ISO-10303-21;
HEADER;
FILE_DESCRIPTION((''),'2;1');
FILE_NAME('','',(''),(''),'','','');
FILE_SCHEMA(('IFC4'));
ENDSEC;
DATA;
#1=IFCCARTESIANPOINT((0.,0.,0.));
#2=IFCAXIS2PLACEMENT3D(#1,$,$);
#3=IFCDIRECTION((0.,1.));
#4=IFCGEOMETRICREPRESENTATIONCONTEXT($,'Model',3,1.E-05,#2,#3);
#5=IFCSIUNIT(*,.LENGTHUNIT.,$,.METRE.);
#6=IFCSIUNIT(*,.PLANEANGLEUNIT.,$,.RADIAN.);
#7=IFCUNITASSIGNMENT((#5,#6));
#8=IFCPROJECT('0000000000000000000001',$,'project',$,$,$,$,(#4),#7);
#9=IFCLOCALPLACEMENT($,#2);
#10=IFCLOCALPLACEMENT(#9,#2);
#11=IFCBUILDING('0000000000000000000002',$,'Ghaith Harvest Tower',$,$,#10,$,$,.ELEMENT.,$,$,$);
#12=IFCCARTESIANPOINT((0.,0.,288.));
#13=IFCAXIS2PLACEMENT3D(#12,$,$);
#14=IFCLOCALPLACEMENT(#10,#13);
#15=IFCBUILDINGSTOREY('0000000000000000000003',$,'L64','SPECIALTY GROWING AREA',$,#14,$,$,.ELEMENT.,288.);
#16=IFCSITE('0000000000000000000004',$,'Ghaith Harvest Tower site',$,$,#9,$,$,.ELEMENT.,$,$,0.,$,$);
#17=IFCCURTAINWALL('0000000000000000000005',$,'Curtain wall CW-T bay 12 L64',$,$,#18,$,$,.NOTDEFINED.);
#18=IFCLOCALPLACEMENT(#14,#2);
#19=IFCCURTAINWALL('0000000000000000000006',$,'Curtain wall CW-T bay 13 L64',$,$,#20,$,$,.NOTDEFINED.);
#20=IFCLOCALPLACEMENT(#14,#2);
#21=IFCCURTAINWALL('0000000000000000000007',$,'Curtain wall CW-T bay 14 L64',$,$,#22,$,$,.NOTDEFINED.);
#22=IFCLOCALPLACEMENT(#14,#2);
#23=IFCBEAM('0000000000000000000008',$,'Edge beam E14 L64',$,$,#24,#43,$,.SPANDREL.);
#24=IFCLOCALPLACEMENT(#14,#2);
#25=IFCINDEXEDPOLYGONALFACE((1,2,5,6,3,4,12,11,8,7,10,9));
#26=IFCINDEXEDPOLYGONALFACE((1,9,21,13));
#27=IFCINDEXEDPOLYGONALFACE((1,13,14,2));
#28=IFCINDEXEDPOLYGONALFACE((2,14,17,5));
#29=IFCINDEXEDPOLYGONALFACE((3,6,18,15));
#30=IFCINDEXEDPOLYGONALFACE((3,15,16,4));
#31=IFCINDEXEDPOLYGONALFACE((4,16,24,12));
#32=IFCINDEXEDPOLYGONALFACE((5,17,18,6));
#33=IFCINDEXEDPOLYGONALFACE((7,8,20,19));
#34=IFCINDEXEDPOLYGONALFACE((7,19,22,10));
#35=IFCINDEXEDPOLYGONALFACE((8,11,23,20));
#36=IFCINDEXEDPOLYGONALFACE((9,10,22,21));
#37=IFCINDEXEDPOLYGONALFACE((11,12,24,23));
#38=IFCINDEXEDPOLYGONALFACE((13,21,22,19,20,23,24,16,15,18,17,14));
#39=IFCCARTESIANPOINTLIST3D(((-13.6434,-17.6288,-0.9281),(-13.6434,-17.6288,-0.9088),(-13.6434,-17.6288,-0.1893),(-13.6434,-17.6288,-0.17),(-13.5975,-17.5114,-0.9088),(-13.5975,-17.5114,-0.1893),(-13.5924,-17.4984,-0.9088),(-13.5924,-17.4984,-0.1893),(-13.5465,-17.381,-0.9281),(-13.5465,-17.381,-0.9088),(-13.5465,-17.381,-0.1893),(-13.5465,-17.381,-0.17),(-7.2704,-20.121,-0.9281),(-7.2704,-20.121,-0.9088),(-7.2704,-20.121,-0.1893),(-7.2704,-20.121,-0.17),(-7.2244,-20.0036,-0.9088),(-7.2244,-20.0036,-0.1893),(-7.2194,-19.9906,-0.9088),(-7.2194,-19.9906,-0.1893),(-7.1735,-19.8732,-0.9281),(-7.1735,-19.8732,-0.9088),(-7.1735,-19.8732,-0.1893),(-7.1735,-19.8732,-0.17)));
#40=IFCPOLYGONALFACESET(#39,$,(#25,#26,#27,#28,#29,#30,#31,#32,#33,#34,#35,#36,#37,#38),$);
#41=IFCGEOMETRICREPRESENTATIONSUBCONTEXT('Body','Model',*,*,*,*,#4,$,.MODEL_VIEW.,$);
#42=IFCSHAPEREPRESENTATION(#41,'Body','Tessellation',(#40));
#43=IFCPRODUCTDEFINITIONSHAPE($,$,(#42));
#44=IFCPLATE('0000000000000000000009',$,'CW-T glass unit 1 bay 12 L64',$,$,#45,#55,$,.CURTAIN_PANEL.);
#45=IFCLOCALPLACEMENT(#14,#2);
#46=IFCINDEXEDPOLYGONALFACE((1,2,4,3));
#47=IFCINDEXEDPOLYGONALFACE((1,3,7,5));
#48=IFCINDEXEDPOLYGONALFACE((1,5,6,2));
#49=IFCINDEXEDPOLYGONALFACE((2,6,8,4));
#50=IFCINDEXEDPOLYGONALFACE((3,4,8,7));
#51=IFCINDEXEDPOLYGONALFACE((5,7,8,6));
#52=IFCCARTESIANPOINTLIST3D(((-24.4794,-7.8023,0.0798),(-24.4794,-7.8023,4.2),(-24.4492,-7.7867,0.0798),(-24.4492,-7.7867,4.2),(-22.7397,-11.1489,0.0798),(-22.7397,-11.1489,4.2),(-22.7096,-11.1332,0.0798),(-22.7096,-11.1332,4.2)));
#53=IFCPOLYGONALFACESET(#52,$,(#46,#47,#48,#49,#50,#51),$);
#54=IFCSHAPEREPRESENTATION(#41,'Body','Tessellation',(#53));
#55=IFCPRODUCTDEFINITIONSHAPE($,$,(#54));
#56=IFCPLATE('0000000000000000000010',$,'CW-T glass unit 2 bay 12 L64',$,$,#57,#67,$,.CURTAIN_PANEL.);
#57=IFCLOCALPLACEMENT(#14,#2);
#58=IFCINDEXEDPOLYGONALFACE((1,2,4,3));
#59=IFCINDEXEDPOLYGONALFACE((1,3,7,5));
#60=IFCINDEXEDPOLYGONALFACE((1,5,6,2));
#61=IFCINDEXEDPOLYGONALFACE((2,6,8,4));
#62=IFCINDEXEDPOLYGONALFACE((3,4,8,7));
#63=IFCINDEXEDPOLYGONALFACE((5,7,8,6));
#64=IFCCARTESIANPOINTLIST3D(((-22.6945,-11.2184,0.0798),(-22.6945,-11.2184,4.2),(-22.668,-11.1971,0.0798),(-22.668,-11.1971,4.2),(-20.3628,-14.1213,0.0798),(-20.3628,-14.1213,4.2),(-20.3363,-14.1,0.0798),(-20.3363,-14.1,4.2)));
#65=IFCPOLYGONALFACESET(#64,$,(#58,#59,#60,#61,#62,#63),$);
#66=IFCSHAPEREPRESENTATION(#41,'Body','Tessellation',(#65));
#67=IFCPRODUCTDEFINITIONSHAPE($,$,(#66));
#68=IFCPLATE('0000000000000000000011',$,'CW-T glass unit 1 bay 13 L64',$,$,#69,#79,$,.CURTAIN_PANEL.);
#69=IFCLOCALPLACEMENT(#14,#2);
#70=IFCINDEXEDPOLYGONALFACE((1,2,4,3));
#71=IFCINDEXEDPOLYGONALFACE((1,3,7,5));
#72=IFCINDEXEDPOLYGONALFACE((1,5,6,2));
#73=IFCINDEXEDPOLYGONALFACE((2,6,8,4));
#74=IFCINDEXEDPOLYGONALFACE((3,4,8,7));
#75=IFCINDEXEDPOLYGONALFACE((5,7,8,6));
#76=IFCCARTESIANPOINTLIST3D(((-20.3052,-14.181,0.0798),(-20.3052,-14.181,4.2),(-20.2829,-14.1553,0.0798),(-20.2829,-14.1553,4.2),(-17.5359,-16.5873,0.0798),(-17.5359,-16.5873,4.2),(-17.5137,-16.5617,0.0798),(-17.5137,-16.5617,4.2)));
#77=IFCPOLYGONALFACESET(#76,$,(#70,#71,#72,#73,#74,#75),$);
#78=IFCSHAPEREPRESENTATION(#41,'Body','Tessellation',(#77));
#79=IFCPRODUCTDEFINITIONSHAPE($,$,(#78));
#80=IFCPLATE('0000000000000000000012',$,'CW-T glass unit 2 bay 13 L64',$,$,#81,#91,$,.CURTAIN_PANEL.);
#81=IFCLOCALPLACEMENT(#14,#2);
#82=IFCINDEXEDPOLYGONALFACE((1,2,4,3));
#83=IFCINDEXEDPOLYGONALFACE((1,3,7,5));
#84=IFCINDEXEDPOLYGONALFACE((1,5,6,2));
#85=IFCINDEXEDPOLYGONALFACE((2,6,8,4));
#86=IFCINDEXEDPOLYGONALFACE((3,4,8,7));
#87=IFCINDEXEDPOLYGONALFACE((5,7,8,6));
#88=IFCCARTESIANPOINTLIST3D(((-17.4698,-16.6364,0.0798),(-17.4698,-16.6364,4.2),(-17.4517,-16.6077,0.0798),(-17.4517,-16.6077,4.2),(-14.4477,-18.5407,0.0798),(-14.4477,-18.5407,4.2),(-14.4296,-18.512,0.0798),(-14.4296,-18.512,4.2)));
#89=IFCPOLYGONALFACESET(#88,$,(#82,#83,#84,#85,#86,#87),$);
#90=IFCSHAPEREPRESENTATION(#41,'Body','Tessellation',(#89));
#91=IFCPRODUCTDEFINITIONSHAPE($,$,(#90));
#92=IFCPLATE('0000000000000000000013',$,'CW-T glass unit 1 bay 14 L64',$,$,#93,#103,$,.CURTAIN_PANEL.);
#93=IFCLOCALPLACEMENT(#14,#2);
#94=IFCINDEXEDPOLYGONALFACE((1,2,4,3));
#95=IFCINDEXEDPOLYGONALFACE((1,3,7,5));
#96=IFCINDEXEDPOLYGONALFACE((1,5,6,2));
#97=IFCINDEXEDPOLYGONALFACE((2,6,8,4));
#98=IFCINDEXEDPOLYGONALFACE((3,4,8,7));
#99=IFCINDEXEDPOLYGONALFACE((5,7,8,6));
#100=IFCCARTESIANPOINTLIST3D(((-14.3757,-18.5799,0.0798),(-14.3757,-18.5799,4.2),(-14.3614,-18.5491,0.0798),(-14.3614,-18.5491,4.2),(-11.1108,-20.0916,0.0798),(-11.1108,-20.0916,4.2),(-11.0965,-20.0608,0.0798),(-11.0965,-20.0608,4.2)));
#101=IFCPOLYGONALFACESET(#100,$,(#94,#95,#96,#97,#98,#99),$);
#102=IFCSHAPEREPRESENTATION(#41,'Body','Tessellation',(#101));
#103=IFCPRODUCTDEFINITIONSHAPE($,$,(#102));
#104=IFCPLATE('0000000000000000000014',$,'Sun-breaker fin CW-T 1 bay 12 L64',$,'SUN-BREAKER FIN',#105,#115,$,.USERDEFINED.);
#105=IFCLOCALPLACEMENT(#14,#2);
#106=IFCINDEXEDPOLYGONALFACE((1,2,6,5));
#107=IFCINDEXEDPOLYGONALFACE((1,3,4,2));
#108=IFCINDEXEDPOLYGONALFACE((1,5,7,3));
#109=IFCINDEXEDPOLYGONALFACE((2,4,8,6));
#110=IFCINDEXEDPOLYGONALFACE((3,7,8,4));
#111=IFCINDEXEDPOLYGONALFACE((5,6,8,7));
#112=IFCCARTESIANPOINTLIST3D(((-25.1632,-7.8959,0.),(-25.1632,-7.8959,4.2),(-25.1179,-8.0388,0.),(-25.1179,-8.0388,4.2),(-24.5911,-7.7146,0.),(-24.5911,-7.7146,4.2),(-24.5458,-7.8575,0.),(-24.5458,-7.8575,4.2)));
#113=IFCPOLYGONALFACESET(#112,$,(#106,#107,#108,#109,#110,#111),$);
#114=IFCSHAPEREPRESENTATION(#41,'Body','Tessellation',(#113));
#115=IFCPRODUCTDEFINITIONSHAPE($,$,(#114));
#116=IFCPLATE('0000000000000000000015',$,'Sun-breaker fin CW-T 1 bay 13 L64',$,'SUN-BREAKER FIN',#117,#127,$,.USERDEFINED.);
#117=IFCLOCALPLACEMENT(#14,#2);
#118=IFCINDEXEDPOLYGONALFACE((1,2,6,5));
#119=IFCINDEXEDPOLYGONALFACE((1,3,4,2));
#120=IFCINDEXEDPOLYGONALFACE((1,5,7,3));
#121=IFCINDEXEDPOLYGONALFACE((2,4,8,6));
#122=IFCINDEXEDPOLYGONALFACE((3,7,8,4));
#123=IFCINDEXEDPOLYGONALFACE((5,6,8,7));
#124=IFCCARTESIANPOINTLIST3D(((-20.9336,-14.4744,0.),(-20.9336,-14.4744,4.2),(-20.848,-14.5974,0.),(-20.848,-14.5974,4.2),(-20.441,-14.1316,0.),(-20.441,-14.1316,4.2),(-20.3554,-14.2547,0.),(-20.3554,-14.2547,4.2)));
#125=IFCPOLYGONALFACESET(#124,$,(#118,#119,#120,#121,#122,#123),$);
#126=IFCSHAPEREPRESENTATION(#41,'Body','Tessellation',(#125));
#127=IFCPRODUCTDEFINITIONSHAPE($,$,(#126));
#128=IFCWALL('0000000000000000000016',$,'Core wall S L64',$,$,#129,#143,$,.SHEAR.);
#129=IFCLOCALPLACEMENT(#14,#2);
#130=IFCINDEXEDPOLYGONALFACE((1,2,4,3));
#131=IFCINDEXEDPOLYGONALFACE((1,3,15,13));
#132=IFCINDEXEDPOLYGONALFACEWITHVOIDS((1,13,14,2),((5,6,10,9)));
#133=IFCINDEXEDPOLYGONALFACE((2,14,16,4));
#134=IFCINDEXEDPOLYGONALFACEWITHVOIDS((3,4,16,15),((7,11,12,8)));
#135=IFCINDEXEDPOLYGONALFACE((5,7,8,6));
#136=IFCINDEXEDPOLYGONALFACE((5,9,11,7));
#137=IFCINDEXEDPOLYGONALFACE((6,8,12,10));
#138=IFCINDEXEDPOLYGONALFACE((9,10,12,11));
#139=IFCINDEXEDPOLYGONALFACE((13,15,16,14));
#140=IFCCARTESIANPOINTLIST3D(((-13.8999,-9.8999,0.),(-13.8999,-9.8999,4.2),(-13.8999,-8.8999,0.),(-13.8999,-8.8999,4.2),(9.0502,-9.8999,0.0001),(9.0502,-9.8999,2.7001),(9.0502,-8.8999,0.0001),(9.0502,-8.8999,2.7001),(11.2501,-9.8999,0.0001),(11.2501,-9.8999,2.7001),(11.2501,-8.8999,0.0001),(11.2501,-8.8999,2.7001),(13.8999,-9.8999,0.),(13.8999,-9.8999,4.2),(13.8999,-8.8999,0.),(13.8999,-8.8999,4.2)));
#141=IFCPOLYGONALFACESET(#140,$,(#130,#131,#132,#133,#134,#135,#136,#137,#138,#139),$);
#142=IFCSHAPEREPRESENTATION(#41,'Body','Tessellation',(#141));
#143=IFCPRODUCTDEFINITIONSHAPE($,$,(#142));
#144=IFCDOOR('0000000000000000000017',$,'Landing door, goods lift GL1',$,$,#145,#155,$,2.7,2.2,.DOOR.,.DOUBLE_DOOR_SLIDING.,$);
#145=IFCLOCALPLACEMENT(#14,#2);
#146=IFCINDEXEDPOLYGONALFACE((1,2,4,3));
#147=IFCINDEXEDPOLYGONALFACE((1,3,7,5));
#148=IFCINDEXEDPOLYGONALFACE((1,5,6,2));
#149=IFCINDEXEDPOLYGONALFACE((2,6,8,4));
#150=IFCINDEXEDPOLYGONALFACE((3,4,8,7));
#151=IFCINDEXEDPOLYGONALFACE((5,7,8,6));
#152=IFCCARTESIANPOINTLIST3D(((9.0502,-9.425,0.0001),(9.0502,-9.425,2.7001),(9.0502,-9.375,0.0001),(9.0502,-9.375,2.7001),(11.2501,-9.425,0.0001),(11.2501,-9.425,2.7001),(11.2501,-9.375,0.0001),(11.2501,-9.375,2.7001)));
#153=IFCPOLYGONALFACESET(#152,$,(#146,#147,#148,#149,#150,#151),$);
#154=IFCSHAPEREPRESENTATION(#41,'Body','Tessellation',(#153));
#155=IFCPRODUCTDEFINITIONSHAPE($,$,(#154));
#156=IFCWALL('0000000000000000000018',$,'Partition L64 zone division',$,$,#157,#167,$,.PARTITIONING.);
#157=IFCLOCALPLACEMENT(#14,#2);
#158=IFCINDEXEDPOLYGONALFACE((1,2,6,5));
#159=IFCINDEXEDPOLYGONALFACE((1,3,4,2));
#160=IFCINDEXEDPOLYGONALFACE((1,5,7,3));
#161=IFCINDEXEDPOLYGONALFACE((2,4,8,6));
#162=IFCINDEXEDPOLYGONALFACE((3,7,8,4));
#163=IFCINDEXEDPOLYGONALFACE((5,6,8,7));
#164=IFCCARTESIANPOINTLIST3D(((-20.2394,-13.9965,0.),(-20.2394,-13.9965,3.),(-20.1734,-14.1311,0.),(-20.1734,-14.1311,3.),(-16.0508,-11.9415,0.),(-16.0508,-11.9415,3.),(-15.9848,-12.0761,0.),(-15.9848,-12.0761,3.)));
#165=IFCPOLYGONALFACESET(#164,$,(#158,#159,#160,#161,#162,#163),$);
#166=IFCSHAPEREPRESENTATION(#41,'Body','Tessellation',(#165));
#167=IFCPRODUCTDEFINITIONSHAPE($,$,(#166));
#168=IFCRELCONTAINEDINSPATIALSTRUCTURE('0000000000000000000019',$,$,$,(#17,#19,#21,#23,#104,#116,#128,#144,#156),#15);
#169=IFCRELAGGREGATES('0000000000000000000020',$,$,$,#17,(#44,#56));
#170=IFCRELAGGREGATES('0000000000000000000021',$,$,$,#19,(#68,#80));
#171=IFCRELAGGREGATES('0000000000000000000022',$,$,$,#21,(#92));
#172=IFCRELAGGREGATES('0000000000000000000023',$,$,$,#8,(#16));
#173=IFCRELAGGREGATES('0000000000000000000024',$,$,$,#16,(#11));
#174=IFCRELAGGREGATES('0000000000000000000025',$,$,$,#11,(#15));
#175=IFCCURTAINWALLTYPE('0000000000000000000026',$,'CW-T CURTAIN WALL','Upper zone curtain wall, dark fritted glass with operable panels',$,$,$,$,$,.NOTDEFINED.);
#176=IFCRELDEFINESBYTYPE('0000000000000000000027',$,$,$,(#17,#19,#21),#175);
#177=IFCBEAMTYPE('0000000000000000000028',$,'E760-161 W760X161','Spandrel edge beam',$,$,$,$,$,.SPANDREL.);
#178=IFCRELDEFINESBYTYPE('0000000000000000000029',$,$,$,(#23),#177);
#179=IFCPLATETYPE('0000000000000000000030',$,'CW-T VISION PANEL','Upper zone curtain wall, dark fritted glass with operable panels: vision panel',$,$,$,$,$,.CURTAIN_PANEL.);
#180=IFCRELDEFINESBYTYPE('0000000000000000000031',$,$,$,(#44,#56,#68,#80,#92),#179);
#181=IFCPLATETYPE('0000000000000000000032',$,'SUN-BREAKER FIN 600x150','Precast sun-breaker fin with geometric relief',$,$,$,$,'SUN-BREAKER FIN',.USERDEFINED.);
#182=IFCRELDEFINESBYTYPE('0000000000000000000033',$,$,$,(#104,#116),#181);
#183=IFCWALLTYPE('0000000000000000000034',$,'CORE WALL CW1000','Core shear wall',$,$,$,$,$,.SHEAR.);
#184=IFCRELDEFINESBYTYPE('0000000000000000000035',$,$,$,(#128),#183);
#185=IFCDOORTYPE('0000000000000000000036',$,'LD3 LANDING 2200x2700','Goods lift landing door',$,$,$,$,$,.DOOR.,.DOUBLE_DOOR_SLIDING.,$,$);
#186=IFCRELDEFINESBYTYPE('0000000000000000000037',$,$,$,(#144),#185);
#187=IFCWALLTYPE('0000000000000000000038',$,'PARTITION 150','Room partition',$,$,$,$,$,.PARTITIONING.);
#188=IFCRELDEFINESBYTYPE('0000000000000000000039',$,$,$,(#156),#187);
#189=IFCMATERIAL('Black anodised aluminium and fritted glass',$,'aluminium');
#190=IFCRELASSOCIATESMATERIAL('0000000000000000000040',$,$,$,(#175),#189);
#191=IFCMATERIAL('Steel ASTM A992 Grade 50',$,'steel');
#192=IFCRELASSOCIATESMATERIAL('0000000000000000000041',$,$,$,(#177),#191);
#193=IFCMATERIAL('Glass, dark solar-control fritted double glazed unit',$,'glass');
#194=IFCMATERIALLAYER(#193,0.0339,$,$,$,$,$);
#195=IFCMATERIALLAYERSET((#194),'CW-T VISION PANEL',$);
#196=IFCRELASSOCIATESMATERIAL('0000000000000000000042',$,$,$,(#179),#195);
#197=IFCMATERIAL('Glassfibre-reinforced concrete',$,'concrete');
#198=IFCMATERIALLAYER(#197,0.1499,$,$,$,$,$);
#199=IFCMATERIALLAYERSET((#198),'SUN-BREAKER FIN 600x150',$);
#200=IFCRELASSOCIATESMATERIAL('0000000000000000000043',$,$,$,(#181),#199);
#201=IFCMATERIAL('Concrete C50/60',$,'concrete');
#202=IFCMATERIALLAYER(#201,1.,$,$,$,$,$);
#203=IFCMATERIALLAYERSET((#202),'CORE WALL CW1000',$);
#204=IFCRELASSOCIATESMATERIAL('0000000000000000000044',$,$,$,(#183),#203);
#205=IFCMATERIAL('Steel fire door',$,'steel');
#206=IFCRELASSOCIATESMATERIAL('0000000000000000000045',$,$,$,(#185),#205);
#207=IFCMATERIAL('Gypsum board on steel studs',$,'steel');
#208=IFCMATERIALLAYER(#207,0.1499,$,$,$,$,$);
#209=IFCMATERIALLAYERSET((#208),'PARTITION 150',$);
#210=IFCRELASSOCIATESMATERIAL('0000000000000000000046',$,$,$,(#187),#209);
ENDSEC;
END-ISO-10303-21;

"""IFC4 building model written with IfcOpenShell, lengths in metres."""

from ifc_helpers import new_model, si_unit, direction, frame, frame_2d, origin, origin_2d, place, context, subcontext, project, spatial, rectangle, i_section, extrude, material, layer, layer_set, material_profile, profile_set, type_object, element, fill, aggregate, save


model = new_model("IFC4")

# Units and contexts
model_context = context("Model", 3, precision=1e-05, world=origin(), true_north=direction((0.0, 1.0)))
body_context = subcontext(model_context, "Body", "Model", "MODEL_VIEW")
ifc_project = project(units=[si_unit("LENGTHUNIT", "METRE"), si_unit("PLANEANGLEUNIT", "RADIAN")], contexts=[model_context])

# Site, building, storey
site_placement = place(None, origin())
site = spatial("IfcSite", under=ifc_project, at=site_placement, Name="Ghaith Harvest Tower site", CompositionType="ELEMENT", RefElevation=0.0)
building_placement = place(site_placement, origin())
building = spatial("IfcBuilding", under=site, at=building_placement, Name="Ghaith Harvest Tower", CompositionType="ELEMENT")
storey_placement = place(building_placement, frame((0.0, 0.0, 288.0)))
storey = spatial("IfcBuildingStorey", under=building, at=storey_placement, Name="L64", Description="SPECIALTY GROWING AREA", CompositionType="ELEMENT", Elevation=288.0)

# Curtain walls
ifc_material_1 = material(Name="Black anodised aluminium and fritted glass", Category="aluminium")
curtain_wall_type = type_object("IfcCurtainWallType", Name="CW-T CURTAIN WALL", Description="Upper zone curtain wall, dark fritted glass with operable panels", PredefinedType="NOTDEFINED", material=ifc_material_1)
curtain_wall_1_placement = place(storey_placement, origin())
curtain_wall_1 = element("IfcCurtainWall", 1, at=curtain_wall_1_placement, inside=storey, type_object=curtain_wall_type, Name="Curtain wall CW-T bay 12 L64", PredefinedType="NOTDEFINED")
curtain_wall_2_placement = place(storey_placement, origin())
curtain_wall_2 = element("IfcCurtainWall", 2, at=curtain_wall_2_placement, inside=storey, type_object=curtain_wall_type, Name="Curtain wall CW-T bay 13 L64", PredefinedType="NOTDEFINED")

# Curtain wall
curtain_wall_3_placement = place(storey_placement, origin())
curtain_wall_3 = element("IfcCurtainWall", 3, at=curtain_wall_3_placement, inside=storey, type_object=curtain_wall_type, Name="Curtain wall CW-T bay 14 L64", PredefinedType="NOTDEFINED")

# Beam
ifc_material_2 = material(Name="Steel ASTM A992 Grade 50", Category="steel")
ifc_material_profile_1 = material_profile(ifc_material_2, i_section(OverallWidth=0.2661, OverallDepth=0.7581, WebThickness=0.0139, FlangeThickness=0.0193, at=origin_2d()), Name="W760X161")
ifc_profile_set_1 = profile_set([ifc_material_profile_1], Name="Steel ASTM A992 Grade 50")
beam_type = type_object("IfcBeamType", Name="E760-161 W760X161", Description="Spandrel edge beam", PredefinedType="SPANDREL", material=ifc_profile_set_1)
beam_1_placement = place(storey_placement, frame((-13.595, -17.5049, -0.5491), z_axis=(0.931323, -0.364195, 0.0), x_axis=(0.364195, 0.931323, 0.0)))
element("IfcBeam", 4, at=beam_1_placement, inside=storey, type_object=beam_type, Name="Edge beam E14 L64", PredefinedType="SPANDREL", context=body_context, shape_type="SweptSolid", body=[
    extrude(i_section(OverallWidth=0.2661, OverallDepth=0.7581, WebThickness=0.0139, FlangeThickness=0.0193, at=origin_2d()), origin(), (0.0, 0.0, 1.0), 6.843),
])

# Plates
ifc_material_3 = material(Name="Glass, dark solar-control fritted double glazed unit", Category="glass")
ifc_layer_1 = layer(ifc_material_3, 0.0339)
ifc_layer_set_1 = layer_set([ifc_layer_1], Name="CW-T VISION PANEL")
plate_type_1 = type_object("IfcPlateType", Name="CW-T VISION PANEL", Description="Upper zone curtain wall, dark fritted glass with operable panels: vision panel", PredefinedType="CURTAIN_PANEL", material=ifc_layer_set_1)
plate_1_placement = place(storey_placement, frame((-23.5945, -9.4678, 0.0798), z_axis=(0.0, 0.0, 1.0), x_axis=(0.46123, -0.887281, 0.0)))
plate_1 = element("IfcPlate", 5, at=plate_1_placement, type_object=plate_type_1, Name="CW-T glass unit 1 bay 12 L64", PredefinedType="CURTAIN_PANEL", context=body_context, shape_type="SweptSolid", body=[
    extrude(rectangle(XDim=3.7717, YDim=0.0339, at=origin_2d()), origin(), (0.0, 0.0, 1.0), 4.1201),
])
plate_2_placement = place(storey_placement, frame((-21.5154, -12.6592, 0.0798), z_axis=(0.0, 0.0, 1.0), x_axis=(0.62623, -0.779639, 0.0)))
plate_2 = element("IfcPlate", 6, at=plate_2_placement, type_object=plate_type_1, Name="CW-T glass unit 2 bay 12 L64", PredefinedType="CURTAIN_PANEL", context=body_context, shape_type="SweptSolid", body=[
    extrude(rectangle(XDim=3.7234, YDim=0.0339, at=origin_2d()), origin(), (0.0, 0.0, 1.0), 4.1201),
])
aggregate(curtain_wall_1, [plate_1, plate_2])
plate_3_placement = place(storey_placement, frame((-18.9094, -15.3713, 0.0798), z_axis=(0.0, 0.0, 1.0), x_axis=(0.754829, -0.655922, 0.0)))
plate_3 = element("IfcPlate", 7, at=plate_3_placement, type_object=plate_type_1, Name="CW-T glass unit 1 bay 13 L64", PredefinedType="CURTAIN_PANEL", context=body_context, shape_type="SweptSolid", body=[
    extrude(rectangle(XDim=3.6687, YDim=0.0339, at=origin_2d()), origin(), (0.0, 0.0, 1.0), 4.1201),
])
plate_4_placement = place(storey_placement, frame((-15.9497, -17.5742, 0.0798), z_axis=(0.0, 0.0, 1.0), x_axis=(0.846043, -0.533114, 0.0)))
plate_4 = element("IfcPlate", 8, at=plate_4_placement, type_object=plate_type_1, Name="CW-T glass unit 2 bay 13 L64", PredefinedType="CURTAIN_PANEL", context=body_context, shape_type="SweptSolid", body=[
    extrude(rectangle(XDim=3.572, YDim=0.0339, at=origin_2d()), origin(), (0.0, 0.0, 1.0), 4.1201),
])
aggregate(curtain_wall_2, [plate_3, plate_4])
plate_5_placement = place(storey_placement, frame((-12.7361, -19.3203, 0.0798), z_axis=(0.0, 0.0, 1.0), x_axis=(0.90745, -0.42016, 0.0)))
plate_5 = element("IfcPlate", 9, at=plate_5_placement, type_object=plate_type_1, Name="CW-T glass unit 1 bay 14 L64", PredefinedType="CURTAIN_PANEL", context=body_context, shape_type="SweptSolid", body=[
    extrude(rectangle(XDim=3.5979, YDim=0.0339, at=origin_2d()), origin(), (0.0, 0.0, 1.0), 4.1201),
])
aggregate(curtain_wall_3, [plate_5])

# Plates
ifc_material_4 = material(Name="Glassfibre-reinforced concrete", Category="concrete")
ifc_layer_2 = layer(ifc_material_4, 0.1499)
ifc_layer_set_2 = layer_set([ifc_layer_2], Name="SUN-BREAKER FIN 600x150")
plate_type_2 = type_object("IfcPlateType", Name="SUN-BREAKER FIN 600x150", Description="Precast sun-breaker fin with geometric relief", ElementType="SUN-BREAKER FIN", PredefinedType="USERDEFINED", material=ifc_layer_set_2)
for number, where, z_axis, x_axis, name in (
    (10, (-24.8545, -7.8767, 0.0), (0.0, 0.0, 1.0), (-0.953273, -0.30211, 0.0), "Sun-breaker fin CW-T 1 bay 12 L64"),
    (11, (-20.6445, -14.3645, 0.0), (0.0, 0.0, 1.0), (-0.820845, -0.57115, 0.0), "Sun-breaker fin CW-T 1 bay 13 L64"),
):
    element("IfcPlate", number, at=place(storey_placement, frame(where, z_axis=z_axis, x_axis=x_axis)), inside=storey, type_object=plate_type_2, Name=name, ObjectType="SUN-BREAKER FIN", PredefinedType="USERDEFINED", context=body_context, shape_type="SweptSolid", body=[
        extrude(rectangle(XDim=0.6001, YDim=0.1499, at=origin_2d()), origin(), (0.0, 0.0, 1.0), 4.2),
    ])

# Wall, opening, door
ifc_material_5 = material(Name="Concrete C50/60", Category="concrete")
ifc_layer_3 = layer(ifc_material_5, 1.0)
ifc_layer_set_3 = layer_set([ifc_layer_3], Name="CORE WALL CW1000")
wall_type_1 = type_object("IfcWallType", Name="CORE WALL CW1000", Description="Core shear wall", PredefinedType="SHEAR", material=ifc_layer_set_3)
wall_1_placement = place(storey_placement, frame((-13.8999, -9.3999, 0.0), z_axis=(0.0, 0.0, 1.0), x_axis=(1.0, 0.0, 0.0)))
wall_1 = element("IfcWall", 12, at=wall_1_placement, inside=storey, type_object=wall_type_1, Name="Core wall S L64", PredefinedType="SHEAR", context=body_context, shape_type="SweptSolid", body=[
    extrude(rectangle(XDim=27.7998, YDim=1.0, at=frame_2d((13.8999, 0.0))), origin(), (0.0, 0.0, 1.0), 4.2),
])
opening_placement = place(wall_1_placement, frame((22.95, 0.0, 0.0)))
opening = element("IfcOpeningElement", 13, at=opening_placement, cuts=wall_1, PredefinedType="OPENING", context=body_context, shape_type="SweptSolid", body=[
    extrude(rectangle(XDim=2.2, YDim=2.7, at=frame_2d((1.1001, 1.3501))), frame((0.0, 0.51, 0.0), z_axis=(0.0, -1.0, 0.0), x_axis=(1.0, 0.0, 0.0)), (0.0, 0.0, 1.0), 1.02),
])
ifc_material_6 = material(Name="Steel fire door", Category="steel")
door_type = type_object("IfcDoorType", Name="LD3 LANDING 2200x2700", Description="Goods lift landing door", OperationType="DOUBLE_DOOR_SLIDING", PredefinedType="DOOR", material=ifc_material_6)
door_placement = place(opening_placement, origin())
door = element("IfcDoor", 14, at=door_placement, inside=storey, type_object=door_type, Name="Landing door, goods lift GL1", OperationType="DOUBLE_DOOR_SLIDING", OverallHeight=2.7, OverallWidth=2.2, PredefinedType="DOOR", context=body_context, shape_type="SweptSolid", body=[
    extrude(rectangle(XDim=2.2, YDim=2.7, at=frame_2d((1.1001, 1.3501))), frame((0.0, 0.0249, 0.0), z_axis=(0.0, -1.0, 0.0), x_axis=(1.0, 0.0, 0.0)), (0.0, 0.0, 1.0), 0.05),
])
fill(opening, door)

# Wall
ifc_material_7 = material(Name="Gypsum board on steel studs", Category="steel")
ifc_layer_4 = layer(ifc_material_7, 0.1499)
ifc_layer_set_4 = layer_set([ifc_layer_4], Name="PARTITION 150")
wall_type_2 = type_object("IfcWallType", Name="PARTITION 150", Description="Room partition", PredefinedType="PARTITIONING", material=ifc_layer_set_4)
wall_2_placement = place(storey_placement, frame((-16.0178, -12.0088, 0.0), z_axis=(0.0, 0.0, 1.0), x_axis=(-0.897772, -0.440461, 0.0)))
element("IfcWall", 15, at=wall_2_placement, inside=storey, type_object=wall_type_2, Name="Partition L64 zone division", PredefinedType="PARTITIONING", context=body_context, shape_type="SweptSolid", body=[
    extrude(rectangle(XDim=4.6655, YDim=0.1499, at=frame_2d((2.3328, 0.0))), origin(), (0.0, 0.0, 1.0), 3.0),
])

save(model, "model.ifc")
